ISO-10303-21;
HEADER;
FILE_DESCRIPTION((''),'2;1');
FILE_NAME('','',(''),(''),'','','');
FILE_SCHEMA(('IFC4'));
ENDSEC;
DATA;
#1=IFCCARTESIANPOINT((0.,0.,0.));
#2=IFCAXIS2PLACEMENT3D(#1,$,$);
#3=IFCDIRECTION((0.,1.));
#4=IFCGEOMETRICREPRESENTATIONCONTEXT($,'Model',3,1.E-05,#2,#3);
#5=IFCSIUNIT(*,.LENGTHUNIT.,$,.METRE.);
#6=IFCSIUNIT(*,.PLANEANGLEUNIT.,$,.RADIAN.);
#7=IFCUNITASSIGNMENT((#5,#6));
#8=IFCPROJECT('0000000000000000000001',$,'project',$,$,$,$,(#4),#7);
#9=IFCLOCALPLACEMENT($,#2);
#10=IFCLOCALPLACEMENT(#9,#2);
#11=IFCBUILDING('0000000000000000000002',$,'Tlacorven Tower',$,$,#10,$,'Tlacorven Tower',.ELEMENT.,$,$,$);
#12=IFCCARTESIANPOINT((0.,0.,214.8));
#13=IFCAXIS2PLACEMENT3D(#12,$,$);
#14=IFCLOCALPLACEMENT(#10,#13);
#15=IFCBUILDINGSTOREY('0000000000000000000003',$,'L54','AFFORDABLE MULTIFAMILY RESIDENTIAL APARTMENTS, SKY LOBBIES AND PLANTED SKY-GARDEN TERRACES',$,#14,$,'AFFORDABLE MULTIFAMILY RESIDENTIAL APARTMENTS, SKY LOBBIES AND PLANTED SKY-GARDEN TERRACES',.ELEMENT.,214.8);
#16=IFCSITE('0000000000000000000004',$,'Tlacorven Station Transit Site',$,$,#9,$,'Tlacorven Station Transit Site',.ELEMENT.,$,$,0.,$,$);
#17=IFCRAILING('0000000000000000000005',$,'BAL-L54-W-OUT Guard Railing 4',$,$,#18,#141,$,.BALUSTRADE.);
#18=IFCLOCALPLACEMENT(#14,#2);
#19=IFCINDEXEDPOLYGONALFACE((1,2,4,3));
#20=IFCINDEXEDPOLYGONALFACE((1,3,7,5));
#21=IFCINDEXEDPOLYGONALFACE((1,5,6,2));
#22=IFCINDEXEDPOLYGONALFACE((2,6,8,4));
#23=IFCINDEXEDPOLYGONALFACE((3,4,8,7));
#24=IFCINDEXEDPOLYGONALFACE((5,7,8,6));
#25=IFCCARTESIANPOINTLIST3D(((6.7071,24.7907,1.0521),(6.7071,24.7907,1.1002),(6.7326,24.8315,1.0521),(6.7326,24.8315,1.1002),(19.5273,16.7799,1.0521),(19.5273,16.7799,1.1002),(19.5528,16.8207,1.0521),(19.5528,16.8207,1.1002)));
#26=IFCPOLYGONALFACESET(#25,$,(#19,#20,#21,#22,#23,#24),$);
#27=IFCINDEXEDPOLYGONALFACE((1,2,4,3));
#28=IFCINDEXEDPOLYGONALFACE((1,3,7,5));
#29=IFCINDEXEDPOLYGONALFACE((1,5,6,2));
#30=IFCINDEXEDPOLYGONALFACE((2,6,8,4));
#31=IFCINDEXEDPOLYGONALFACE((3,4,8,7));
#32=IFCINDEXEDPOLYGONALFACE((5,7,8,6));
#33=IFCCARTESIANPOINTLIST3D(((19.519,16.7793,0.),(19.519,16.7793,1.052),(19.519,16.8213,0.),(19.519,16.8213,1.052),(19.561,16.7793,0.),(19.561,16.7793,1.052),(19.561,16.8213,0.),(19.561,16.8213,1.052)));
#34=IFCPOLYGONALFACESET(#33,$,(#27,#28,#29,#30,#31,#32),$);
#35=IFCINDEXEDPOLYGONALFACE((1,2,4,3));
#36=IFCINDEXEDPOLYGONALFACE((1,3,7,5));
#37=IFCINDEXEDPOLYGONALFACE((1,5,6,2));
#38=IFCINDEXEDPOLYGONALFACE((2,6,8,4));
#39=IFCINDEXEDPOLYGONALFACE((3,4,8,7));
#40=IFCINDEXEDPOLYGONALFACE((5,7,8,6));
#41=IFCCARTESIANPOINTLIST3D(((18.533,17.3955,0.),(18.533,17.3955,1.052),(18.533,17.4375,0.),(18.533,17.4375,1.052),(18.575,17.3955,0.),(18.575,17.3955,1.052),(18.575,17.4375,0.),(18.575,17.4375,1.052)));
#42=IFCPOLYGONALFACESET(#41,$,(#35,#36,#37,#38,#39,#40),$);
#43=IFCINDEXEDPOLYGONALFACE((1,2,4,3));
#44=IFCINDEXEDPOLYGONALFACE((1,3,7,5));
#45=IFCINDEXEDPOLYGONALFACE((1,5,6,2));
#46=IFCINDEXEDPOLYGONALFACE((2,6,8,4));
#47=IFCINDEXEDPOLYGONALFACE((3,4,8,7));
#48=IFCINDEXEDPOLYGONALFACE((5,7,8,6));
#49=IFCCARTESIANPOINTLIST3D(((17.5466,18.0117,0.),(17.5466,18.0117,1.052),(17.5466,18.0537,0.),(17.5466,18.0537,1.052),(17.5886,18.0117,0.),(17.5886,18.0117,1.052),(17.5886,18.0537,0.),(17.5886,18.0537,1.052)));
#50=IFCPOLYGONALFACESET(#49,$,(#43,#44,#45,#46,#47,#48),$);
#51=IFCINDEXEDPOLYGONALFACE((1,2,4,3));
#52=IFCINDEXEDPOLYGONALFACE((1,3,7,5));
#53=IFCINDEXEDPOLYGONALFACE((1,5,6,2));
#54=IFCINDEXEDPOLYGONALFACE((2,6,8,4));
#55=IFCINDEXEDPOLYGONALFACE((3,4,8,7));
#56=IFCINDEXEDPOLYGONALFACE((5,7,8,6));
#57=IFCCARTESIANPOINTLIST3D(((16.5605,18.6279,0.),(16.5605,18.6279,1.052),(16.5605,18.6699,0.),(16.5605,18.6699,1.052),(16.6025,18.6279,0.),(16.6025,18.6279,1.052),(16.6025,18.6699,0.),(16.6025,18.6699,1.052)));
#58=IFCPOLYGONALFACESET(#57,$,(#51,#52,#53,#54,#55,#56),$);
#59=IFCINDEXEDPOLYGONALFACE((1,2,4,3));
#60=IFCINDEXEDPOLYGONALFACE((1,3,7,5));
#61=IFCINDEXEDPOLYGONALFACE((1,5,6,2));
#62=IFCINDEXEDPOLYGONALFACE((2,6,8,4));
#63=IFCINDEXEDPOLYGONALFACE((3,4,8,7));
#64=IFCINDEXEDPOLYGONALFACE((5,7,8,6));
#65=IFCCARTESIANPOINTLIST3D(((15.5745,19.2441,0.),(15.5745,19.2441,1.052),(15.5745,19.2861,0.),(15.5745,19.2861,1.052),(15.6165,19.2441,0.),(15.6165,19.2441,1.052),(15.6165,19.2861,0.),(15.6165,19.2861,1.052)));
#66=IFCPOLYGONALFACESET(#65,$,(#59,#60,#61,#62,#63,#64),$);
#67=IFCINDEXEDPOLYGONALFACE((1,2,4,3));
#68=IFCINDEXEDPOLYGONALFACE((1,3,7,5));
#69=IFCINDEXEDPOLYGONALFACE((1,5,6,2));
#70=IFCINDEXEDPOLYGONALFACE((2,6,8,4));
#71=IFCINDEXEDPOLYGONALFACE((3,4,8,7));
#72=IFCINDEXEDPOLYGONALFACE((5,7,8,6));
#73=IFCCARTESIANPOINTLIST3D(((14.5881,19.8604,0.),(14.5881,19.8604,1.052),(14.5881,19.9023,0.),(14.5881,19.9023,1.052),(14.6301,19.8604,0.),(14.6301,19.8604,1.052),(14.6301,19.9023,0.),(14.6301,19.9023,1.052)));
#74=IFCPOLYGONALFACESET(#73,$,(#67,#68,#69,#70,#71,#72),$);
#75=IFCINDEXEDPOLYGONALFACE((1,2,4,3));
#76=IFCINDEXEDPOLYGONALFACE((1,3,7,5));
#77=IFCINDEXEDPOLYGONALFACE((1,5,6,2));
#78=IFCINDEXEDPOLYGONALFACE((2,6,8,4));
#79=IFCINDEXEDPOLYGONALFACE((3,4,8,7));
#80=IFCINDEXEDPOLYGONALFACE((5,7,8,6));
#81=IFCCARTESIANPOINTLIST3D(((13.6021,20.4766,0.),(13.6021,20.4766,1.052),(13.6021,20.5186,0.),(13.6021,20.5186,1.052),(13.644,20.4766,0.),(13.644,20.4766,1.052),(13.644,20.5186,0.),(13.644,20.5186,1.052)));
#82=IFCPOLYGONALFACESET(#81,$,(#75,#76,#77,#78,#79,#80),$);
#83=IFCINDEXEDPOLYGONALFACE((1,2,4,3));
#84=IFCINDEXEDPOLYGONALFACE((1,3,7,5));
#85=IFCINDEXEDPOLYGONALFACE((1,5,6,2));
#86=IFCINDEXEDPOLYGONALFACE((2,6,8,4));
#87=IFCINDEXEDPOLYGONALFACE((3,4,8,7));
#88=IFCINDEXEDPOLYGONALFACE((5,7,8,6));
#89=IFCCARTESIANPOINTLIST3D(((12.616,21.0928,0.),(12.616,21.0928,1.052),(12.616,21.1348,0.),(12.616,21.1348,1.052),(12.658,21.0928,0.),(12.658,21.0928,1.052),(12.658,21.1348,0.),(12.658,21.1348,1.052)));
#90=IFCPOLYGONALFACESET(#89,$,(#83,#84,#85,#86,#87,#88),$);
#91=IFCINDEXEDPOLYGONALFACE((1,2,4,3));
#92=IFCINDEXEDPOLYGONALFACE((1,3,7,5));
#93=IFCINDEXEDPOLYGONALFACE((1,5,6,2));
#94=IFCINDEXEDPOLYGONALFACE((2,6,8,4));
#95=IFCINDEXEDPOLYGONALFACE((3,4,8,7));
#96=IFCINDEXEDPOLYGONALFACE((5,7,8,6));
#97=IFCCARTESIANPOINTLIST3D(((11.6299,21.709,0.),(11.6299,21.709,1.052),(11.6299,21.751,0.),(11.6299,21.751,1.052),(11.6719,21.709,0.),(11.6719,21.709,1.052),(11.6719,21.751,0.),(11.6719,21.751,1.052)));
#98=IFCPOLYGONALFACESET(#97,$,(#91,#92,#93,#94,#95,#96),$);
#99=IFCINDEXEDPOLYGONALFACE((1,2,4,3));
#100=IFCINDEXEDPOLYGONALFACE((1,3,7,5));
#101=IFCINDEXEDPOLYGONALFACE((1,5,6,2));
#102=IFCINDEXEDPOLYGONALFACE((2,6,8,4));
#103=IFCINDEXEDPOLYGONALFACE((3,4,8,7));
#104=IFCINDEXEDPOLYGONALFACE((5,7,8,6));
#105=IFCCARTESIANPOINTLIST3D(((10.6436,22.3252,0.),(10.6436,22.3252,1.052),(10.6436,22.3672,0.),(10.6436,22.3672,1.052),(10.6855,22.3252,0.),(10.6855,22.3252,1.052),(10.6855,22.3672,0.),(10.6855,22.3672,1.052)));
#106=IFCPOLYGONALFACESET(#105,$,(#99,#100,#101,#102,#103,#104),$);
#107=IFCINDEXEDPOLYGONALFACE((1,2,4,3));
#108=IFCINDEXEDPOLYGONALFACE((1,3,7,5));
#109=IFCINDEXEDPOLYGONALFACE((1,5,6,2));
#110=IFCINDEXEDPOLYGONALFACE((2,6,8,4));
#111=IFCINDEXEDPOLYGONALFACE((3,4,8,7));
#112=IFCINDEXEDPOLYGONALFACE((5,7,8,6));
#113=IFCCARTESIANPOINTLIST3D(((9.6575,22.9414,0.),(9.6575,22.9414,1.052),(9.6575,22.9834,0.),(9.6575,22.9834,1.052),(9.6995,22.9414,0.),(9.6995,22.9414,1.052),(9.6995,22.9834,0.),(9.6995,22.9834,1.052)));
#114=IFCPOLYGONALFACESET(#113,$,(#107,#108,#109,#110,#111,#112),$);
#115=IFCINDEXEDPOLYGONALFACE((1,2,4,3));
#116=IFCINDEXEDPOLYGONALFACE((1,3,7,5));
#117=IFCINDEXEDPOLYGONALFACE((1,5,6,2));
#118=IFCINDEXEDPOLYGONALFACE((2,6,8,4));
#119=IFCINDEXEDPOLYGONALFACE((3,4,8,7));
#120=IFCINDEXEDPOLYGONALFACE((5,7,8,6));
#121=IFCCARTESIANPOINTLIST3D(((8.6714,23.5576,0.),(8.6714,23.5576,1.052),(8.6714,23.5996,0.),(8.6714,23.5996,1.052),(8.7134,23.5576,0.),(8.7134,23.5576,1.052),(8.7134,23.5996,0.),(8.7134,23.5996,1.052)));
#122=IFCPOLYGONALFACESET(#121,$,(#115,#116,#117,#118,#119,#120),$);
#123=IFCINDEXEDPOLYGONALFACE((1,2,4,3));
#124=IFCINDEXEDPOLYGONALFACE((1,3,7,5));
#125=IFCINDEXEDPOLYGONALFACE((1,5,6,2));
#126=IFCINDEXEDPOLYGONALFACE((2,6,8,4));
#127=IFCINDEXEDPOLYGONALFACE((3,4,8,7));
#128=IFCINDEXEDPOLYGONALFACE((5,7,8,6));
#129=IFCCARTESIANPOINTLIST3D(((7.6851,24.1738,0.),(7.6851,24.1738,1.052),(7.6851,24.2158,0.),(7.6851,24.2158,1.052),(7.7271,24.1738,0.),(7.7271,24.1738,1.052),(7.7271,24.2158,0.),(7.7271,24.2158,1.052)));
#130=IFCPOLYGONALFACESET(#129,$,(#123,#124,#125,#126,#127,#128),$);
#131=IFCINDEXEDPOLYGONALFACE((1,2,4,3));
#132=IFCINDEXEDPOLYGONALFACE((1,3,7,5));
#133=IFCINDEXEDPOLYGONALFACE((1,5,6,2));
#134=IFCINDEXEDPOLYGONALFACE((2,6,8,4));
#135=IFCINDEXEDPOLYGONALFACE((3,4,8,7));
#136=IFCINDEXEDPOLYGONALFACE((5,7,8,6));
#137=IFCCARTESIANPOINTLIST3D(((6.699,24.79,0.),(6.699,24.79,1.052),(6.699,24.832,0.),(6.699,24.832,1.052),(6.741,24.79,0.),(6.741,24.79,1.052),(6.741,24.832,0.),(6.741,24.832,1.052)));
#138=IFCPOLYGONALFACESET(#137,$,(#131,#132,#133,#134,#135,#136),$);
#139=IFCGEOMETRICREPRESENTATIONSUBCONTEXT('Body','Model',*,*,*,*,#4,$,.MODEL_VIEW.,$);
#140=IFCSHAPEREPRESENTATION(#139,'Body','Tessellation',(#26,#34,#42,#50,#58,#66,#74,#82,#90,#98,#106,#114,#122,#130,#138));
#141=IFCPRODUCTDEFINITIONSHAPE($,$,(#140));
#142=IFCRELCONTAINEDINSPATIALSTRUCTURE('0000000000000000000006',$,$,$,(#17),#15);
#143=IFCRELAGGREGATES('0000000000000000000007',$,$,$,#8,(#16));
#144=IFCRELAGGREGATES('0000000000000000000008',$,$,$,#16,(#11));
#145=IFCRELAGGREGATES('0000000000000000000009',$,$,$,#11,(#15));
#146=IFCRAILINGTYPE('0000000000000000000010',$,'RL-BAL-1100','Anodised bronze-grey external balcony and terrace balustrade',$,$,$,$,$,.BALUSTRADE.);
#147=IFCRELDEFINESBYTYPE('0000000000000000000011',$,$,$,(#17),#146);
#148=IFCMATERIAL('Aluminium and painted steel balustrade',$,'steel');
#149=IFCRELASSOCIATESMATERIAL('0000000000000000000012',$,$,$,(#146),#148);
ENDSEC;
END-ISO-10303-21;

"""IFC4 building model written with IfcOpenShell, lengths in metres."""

from ifc_helpers import new_model, si_unit, direction, frame, origin, origin_2d, place, context, subcontext, project, spatial, rectangle, extrude, source, transform, mapped, material, type_object, element, save


model = new_model("IFC4")

# Units and contexts
model_context = context("Model", 3, precision=1e-05, world=origin(), true_north=direction((0.0, 1.0)))
body_context = subcontext(model_context, "Body", "Model", "MODEL_VIEW")
ifc_project = project(units=[si_unit("LENGTHUNIT", "METRE"), si_unit("PLANEANGLEUNIT", "RADIAN")], contexts=[model_context])

# Site, building, storey
site_placement = place(None, origin())
site = spatial("IfcSite", under=ifc_project, at=site_placement, Name="Tlacorven Station Transit Site", LongName="Tlacorven Station Transit Site", CompositionType="ELEMENT", RefElevation=0.0)
building_placement = place(site_placement, origin())
building = spatial("IfcBuilding", under=site, at=building_placement, Name="Tlacorven Tower", LongName="Tlacorven Tower", CompositionType="ELEMENT")
storey_placement = place(building_placement, frame((0.0, 0.0, 214.8)))
storey = spatial("IfcBuildingStorey", under=building, at=storey_placement, Name="L54", Description="AFFORDABLE MULTIFAMILY RESIDENTIAL APARTMENTS, SKY LOBBIES AND PLANTED SKY-GARDEN TERRACES", LongName="AFFORDABLE MULTIFAMILY RESIDENTIAL APARTMENTS, SKY LOBBIES AND PLANTED SKY-GARDEN TERRACES", CompositionType="ELEMENT", Elevation=214.8)

# Shared definitions
ifc_material_1 = material(Name="Aluminium and painted steel balustrade", Category="steel")
railing_type = type_object("IfcRailingType", Name="RL-BAL-1100", Description="Anodised bronze-grey external balcony and terrace balustrade", PredefinedType="BALUSTRADE", material=ifc_material_1)

# Railing
shared_shape_1 = source(origin(), body_context, "Body", "SweptSolid", [
    extrude(rectangle(XDim=0.0481, YDim=0.0481, at=origin_2d()), frame((0.0, 0.0, 1.0762), z_axis=(-0.848052, 0.529913, 0.0), x_axis=(-0.529913, -0.848052, 0.0)), (0.0, 0.0, 1.0), 15.1172),
    extrude(rectangle(XDim=0.042, YDim=0.042, at=origin_2d()), origin(), (0.0, 0.0, 1.0), 1.052),
    extrude(rectangle(XDim=0.042, YDim=0.042, at=origin_2d()), frame((-0.9861, 0.6162, 0.0)), (0.0, 0.0, 1.0), 1.052),
    extrude(rectangle(XDim=0.042, YDim=0.042, at=origin_2d()), frame((-1.9724, 1.2324, 0.0)), (0.0, 0.0, 1.0), 1.052),
    extrude(rectangle(XDim=0.042, YDim=0.042, at=origin_2d()), frame((-2.9585, 1.8486, 0.0)), (0.0, 0.0, 1.0), 1.052),
    extrude(rectangle(XDim=0.042, YDim=0.042, at=origin_2d()), frame((-3.9446, 2.4648, 0.0)), (0.0, 0.0, 1.0), 1.052),
    extrude(rectangle(XDim=0.042, YDim=0.042, at=origin_2d()), frame((-4.9309, 3.0811, 0.0)), (0.0, 0.0, 1.0), 1.052),
    extrude(rectangle(XDim=0.042, YDim=0.042, at=origin_2d()), frame((-5.917, 3.6973, 0.0)), (0.0, 0.0, 1.0), 1.052),
    extrude(rectangle(XDim=0.042, YDim=0.042, at=origin_2d()), frame((-6.9031, 4.3135, 0.0)), (0.0, 0.0, 1.0), 1.052),
    extrude(rectangle(XDim=0.042, YDim=0.042, at=origin_2d()), frame((-7.8892, 4.9297, 0.0)), (0.0, 0.0, 1.0), 1.052),
    extrude(rectangle(XDim=0.042, YDim=0.042, at=origin_2d()), frame((-8.8755, 5.5459, 0.0)), (0.0, 0.0, 1.0), 1.052),
    extrude(rectangle(XDim=0.042, YDim=0.042, at=origin_2d()), frame((-9.8616, 6.1621, 0.0)), (0.0, 0.0, 1.0), 1.052),
    extrude(rectangle(XDim=0.042, YDim=0.042, at=origin_2d()), frame((-10.8477, 6.7783, 0.0)), (0.0, 0.0, 1.0), 1.052),
    extrude(rectangle(XDim=0.042, YDim=0.042, at=origin_2d()), frame((-11.834, 7.3945, 0.0)), (0.0, 0.0, 1.0), 1.052),
    extrude(rectangle(XDim=0.042, YDim=0.042, at=origin_2d()), frame((-12.8201, 8.0107, 0.0)), (0.0, 0.0, 1.0), 1.052),
])
railing_1_placement = place(storey_placement, frame((19.54, 16.8003, 0.0)))
element("IfcRailing", 1, at=railing_1_placement, inside=storey, type_object=railing_type, Name="BAL-L54-W-OUT Guard Railing 4", PredefinedType="BALUSTRADE", context=body_context, shape_type="MappedRepresentation", body=[
    mapped(shared_shape_1, transform((0.0, 0.0, 0.0), scale=1.0)),
])

save(model, "model.ifc")
